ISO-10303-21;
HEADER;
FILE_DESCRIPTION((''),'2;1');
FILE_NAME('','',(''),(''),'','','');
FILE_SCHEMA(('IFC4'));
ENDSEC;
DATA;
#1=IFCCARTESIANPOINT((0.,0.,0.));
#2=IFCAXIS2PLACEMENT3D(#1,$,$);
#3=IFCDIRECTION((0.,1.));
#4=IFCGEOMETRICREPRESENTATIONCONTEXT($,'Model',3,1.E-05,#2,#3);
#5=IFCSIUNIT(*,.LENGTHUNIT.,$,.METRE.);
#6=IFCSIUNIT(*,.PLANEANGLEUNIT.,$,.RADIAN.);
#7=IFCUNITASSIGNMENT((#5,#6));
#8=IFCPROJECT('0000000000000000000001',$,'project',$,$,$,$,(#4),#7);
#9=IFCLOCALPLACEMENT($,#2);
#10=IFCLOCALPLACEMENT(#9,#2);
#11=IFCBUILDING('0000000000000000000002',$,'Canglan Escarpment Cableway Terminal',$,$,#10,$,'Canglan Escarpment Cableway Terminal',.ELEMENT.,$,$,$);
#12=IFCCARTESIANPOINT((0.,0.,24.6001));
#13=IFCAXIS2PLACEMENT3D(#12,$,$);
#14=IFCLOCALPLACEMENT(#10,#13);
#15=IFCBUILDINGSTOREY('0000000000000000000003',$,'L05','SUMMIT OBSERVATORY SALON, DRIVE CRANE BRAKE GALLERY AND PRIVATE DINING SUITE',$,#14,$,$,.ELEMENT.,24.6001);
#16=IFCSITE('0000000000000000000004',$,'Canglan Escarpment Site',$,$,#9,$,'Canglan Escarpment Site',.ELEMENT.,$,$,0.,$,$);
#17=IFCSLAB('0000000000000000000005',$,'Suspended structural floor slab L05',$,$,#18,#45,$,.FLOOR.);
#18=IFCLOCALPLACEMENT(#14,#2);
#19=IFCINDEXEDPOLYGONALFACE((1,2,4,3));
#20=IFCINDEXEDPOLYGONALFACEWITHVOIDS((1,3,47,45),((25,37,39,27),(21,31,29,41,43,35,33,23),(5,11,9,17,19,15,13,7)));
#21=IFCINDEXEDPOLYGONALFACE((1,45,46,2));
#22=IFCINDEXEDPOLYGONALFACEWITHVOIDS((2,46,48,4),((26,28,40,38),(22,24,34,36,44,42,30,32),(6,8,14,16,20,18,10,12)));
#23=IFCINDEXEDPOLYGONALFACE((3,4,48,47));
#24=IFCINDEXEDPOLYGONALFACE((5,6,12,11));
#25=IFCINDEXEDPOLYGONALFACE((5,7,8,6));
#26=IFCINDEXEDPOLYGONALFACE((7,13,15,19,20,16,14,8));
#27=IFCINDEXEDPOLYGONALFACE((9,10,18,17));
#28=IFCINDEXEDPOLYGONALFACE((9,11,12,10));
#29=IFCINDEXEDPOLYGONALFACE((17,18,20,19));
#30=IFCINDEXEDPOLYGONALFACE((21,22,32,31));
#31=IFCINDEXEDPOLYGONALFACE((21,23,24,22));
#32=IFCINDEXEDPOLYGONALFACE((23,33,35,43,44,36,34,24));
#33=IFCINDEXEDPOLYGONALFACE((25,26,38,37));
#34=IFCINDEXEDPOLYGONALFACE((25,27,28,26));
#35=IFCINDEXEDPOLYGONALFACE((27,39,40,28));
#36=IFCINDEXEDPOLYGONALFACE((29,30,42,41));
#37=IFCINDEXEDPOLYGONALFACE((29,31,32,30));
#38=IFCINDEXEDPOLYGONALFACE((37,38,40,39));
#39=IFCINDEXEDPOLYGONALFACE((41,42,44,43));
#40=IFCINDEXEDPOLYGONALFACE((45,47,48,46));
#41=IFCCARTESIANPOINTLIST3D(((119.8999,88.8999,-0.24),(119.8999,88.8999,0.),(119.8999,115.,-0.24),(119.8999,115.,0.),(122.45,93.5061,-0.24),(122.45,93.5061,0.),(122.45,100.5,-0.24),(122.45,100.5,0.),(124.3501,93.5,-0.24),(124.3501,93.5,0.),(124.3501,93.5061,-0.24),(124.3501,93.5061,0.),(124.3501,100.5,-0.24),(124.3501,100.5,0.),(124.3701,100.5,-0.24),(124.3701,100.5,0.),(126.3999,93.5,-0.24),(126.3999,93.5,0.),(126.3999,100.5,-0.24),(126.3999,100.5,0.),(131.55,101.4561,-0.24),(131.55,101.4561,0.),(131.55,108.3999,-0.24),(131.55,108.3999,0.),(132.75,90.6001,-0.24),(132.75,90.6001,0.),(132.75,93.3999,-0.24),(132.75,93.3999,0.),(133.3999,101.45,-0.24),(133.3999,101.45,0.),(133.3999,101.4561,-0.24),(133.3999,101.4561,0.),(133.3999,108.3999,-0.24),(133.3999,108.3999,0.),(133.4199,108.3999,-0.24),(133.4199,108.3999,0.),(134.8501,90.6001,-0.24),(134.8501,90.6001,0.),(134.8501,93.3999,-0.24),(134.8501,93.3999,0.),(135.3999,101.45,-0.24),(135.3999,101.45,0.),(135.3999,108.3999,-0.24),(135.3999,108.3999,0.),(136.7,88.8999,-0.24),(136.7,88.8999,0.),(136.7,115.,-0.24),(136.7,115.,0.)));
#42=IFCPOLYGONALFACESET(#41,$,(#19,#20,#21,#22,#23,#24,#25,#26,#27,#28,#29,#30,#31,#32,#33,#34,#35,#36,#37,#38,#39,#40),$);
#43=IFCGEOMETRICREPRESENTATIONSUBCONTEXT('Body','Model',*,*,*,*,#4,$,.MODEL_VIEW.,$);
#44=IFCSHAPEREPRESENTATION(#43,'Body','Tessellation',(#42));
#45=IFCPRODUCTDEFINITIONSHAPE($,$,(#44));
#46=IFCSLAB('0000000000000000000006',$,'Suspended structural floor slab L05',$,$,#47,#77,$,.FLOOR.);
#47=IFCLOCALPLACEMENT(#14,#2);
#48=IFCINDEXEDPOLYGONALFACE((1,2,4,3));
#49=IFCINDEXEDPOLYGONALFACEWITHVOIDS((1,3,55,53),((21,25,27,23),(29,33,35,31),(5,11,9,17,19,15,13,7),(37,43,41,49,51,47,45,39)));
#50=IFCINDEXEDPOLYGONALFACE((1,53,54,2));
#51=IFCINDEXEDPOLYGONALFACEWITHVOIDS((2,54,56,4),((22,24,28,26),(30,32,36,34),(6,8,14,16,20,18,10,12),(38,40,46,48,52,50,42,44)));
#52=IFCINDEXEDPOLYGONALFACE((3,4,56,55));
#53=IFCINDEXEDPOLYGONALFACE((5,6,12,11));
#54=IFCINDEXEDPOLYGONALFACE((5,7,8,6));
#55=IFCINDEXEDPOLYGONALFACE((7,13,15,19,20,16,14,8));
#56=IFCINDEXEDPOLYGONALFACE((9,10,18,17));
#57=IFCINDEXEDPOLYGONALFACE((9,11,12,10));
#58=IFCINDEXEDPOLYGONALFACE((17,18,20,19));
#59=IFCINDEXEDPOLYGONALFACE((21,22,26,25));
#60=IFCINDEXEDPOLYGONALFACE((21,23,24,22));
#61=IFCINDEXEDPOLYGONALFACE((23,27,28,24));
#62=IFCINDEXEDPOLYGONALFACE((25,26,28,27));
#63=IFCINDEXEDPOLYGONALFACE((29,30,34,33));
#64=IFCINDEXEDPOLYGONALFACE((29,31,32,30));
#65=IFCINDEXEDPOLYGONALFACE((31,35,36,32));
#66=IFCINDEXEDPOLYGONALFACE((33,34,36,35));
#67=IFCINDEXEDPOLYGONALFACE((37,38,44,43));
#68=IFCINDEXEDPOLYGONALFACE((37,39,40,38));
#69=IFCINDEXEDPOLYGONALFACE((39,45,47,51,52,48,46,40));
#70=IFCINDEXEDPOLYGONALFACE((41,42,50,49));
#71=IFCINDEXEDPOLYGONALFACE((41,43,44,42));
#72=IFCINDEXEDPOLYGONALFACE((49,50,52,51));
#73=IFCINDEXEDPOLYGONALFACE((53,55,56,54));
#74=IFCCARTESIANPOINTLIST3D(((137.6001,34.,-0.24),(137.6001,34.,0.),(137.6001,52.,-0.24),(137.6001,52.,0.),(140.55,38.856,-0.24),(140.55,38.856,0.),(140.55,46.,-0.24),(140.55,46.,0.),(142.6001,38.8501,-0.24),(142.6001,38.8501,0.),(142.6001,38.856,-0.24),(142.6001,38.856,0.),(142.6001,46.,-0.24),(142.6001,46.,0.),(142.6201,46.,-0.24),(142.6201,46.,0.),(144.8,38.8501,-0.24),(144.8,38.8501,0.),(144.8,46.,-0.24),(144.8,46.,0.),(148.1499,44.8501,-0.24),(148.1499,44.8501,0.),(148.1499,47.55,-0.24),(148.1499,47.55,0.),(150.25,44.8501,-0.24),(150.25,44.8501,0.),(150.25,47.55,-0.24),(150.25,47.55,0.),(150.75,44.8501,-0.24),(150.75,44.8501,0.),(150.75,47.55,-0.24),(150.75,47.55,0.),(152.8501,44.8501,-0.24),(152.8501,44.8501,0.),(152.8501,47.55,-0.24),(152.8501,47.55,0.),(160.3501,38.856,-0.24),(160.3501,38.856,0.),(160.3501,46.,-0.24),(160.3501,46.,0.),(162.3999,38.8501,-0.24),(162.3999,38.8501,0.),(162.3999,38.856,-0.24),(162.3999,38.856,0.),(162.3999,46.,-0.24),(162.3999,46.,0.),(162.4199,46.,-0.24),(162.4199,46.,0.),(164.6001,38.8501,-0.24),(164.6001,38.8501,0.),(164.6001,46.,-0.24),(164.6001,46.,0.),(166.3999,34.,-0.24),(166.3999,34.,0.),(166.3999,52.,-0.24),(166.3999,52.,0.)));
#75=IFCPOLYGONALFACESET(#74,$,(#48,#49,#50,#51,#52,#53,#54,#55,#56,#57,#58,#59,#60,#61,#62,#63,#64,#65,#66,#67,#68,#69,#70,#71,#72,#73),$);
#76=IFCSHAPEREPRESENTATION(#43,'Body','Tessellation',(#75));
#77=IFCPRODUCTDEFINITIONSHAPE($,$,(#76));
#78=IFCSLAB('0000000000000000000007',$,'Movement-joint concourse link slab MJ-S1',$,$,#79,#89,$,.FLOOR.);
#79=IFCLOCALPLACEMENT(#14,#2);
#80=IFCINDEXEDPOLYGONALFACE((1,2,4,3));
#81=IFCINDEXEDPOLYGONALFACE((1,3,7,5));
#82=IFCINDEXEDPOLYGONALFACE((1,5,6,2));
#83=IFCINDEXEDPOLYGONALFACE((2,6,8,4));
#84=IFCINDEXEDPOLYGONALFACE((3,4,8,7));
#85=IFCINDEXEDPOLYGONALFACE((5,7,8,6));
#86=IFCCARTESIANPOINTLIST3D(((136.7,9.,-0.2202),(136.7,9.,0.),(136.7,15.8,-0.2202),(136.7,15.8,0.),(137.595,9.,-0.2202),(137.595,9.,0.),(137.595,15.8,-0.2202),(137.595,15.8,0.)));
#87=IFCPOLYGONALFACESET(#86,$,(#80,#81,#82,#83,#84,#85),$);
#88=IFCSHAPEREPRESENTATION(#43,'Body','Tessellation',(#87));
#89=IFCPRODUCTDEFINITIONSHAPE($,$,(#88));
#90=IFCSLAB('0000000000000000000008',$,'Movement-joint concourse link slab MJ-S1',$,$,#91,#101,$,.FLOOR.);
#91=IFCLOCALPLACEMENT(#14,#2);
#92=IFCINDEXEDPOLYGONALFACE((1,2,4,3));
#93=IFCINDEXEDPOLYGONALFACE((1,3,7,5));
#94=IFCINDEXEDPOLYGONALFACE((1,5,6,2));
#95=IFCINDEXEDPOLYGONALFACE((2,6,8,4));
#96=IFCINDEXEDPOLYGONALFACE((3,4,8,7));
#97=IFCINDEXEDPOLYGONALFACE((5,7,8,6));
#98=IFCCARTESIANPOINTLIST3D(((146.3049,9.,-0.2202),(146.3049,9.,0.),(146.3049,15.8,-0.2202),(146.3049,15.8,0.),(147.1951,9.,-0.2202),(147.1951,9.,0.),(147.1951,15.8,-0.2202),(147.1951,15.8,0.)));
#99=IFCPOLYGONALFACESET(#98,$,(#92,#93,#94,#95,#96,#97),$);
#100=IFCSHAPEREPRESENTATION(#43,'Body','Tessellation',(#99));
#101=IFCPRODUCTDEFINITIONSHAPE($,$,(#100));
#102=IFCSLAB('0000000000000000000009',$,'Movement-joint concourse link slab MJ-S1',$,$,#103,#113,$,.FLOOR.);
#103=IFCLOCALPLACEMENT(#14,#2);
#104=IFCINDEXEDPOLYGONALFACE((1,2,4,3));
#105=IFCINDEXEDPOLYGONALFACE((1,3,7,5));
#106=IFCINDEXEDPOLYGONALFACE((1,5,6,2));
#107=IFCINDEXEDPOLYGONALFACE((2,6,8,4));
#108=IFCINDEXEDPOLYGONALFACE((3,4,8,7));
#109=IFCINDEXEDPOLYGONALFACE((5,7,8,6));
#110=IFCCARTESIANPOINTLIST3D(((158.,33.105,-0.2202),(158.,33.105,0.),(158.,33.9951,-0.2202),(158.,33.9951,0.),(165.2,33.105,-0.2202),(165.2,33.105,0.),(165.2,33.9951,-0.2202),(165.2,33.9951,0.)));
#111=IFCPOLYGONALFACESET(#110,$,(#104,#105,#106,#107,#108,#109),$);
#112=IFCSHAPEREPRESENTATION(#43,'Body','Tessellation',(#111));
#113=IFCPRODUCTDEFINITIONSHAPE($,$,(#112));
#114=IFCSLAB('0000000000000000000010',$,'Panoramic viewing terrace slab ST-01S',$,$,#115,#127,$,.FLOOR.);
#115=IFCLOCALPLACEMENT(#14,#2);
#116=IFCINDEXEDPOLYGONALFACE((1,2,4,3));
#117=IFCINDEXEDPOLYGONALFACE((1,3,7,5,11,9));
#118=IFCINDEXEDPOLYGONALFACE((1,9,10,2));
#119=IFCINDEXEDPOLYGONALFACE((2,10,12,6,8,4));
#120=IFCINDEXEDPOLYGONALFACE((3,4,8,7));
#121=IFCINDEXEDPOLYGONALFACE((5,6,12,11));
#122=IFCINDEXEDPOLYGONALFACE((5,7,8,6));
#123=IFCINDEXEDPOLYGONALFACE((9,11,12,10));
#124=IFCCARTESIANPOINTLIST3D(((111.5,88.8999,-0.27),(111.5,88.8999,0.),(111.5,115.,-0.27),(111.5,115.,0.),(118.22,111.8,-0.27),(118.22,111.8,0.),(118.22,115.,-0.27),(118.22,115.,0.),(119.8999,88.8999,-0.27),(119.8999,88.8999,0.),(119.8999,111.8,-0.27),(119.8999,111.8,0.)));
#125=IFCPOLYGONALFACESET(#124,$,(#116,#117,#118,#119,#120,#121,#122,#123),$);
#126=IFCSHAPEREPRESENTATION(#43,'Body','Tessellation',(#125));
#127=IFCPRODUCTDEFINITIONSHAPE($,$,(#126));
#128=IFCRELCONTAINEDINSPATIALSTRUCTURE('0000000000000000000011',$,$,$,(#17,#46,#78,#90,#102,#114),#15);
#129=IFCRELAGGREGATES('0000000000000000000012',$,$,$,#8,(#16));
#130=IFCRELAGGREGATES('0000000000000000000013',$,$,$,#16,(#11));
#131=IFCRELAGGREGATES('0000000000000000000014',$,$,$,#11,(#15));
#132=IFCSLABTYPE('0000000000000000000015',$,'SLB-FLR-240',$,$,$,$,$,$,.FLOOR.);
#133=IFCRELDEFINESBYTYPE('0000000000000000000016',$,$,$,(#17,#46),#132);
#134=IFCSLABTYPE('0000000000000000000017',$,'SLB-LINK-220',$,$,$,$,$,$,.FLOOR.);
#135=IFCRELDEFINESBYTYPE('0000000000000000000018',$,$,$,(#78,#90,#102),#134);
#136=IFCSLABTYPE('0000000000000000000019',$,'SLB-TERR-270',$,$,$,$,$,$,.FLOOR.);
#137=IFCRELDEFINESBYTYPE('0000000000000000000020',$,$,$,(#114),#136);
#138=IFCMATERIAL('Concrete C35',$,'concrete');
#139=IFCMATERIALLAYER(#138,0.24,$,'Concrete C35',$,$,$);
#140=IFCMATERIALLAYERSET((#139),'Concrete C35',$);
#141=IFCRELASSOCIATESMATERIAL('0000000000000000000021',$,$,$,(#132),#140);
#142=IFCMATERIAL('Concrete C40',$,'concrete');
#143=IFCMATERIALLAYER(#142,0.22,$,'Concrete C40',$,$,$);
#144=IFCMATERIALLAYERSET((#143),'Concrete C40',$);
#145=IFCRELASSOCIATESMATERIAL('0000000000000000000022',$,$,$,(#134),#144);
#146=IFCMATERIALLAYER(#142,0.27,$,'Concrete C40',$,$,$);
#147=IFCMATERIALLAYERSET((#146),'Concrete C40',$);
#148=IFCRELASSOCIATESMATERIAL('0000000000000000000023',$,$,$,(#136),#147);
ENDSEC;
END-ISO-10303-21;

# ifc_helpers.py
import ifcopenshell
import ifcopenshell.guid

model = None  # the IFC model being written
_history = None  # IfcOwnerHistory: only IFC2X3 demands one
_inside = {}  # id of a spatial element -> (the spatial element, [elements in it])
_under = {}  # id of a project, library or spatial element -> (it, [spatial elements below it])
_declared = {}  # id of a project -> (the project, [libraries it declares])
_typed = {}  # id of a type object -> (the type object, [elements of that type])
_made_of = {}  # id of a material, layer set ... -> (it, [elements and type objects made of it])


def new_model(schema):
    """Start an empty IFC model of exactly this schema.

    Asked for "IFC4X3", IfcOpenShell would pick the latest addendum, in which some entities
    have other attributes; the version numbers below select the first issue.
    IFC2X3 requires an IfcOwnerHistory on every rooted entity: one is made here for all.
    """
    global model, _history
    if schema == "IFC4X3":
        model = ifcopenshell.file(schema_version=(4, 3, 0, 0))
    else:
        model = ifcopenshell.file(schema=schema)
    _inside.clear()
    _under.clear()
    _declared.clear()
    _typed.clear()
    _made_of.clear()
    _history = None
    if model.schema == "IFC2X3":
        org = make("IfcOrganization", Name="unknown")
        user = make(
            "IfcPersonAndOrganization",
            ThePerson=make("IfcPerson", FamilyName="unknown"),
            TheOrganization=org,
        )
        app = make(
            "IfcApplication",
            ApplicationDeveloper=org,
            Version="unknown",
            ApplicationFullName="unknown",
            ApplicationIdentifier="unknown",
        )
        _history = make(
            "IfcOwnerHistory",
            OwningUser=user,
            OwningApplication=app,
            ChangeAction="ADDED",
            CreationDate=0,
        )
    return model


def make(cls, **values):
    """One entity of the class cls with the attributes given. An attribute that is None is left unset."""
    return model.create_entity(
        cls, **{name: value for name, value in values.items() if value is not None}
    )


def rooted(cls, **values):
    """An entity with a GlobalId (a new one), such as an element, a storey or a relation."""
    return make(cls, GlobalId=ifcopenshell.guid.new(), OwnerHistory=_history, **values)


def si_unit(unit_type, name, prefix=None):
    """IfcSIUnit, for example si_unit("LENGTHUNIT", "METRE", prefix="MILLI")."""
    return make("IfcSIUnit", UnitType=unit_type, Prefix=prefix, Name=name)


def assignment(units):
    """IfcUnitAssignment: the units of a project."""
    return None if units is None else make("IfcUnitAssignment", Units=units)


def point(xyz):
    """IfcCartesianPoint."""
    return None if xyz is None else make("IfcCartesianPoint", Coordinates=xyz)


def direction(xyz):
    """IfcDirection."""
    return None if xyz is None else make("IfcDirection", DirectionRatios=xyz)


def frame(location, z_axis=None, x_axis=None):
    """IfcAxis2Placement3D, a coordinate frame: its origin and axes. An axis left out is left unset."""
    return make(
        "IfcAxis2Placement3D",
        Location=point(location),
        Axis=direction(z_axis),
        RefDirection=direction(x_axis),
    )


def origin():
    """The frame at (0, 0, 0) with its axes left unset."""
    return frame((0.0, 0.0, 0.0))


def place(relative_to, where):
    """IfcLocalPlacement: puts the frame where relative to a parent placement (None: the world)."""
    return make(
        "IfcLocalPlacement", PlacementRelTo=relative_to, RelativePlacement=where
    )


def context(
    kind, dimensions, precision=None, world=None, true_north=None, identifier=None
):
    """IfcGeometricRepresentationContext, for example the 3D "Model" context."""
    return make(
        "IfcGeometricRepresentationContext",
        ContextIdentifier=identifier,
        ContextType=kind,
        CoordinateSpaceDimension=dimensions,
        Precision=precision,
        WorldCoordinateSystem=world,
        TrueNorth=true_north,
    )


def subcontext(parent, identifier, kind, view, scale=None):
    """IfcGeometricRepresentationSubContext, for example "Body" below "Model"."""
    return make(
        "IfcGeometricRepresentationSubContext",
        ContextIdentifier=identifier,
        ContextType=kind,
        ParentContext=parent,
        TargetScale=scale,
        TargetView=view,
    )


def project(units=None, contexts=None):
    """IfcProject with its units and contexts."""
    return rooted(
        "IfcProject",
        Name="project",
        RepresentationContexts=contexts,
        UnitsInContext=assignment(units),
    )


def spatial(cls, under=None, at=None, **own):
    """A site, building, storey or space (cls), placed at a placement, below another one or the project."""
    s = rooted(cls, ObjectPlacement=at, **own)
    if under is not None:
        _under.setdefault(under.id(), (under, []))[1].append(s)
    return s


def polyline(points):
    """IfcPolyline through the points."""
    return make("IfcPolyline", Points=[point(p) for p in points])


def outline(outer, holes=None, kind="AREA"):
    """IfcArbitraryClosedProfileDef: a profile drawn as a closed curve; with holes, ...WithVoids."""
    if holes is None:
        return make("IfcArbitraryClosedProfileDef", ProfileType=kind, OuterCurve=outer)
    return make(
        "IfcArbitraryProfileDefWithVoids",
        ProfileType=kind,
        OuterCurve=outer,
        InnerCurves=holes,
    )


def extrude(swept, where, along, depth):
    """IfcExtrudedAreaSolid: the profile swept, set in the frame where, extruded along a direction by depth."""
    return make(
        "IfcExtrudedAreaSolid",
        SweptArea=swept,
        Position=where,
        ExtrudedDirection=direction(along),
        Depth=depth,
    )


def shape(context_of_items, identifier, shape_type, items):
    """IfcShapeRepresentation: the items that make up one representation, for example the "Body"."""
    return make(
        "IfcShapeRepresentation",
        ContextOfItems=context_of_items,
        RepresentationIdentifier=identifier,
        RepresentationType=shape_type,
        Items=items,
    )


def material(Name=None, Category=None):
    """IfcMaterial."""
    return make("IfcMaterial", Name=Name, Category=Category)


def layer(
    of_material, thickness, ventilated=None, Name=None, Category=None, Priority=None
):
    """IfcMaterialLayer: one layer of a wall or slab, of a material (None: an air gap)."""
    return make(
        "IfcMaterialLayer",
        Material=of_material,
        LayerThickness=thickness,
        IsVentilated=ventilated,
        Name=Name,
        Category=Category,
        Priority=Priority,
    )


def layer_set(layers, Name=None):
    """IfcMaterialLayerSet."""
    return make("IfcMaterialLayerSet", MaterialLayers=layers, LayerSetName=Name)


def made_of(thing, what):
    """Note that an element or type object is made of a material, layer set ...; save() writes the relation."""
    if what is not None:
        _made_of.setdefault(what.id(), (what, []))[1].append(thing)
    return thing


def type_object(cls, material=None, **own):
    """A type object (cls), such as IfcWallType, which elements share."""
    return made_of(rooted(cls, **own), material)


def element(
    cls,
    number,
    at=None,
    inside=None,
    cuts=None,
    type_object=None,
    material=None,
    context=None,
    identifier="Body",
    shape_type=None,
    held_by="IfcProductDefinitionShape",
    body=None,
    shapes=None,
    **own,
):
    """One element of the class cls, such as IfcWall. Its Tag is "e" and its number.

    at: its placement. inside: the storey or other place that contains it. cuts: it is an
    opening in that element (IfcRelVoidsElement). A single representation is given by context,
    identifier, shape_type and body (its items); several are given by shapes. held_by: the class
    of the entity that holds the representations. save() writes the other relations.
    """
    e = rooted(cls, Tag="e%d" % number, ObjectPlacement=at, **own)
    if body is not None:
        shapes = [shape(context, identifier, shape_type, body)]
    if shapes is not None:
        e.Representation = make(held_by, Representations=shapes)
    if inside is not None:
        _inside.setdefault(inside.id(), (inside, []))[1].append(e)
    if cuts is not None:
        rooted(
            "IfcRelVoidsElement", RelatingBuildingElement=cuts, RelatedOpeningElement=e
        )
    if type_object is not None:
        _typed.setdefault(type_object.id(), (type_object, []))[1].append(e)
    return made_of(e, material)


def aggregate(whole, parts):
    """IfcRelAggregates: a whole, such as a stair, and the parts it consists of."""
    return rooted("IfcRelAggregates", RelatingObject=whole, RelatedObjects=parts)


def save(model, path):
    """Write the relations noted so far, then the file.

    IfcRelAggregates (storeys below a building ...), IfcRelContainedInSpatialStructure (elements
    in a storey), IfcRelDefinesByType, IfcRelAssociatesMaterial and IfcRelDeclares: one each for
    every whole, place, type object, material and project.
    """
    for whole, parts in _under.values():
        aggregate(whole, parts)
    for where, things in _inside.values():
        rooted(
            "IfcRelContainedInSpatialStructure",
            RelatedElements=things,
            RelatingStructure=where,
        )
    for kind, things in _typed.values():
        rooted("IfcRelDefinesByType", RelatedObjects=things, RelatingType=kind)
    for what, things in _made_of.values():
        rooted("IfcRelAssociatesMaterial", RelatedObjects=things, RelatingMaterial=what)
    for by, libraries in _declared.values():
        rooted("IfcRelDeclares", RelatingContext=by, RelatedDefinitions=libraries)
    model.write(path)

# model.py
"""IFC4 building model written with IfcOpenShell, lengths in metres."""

from ifc_helpers import new_model, si_unit, direction, frame, origin, place, context, subcontext, project, spatial, polyline, outline, extrude, material, layer, layer_set, type_object, element, save


model = new_model("IFC4")

# Units and contexts
model_context = context("Model", 3, precision=1e-05, world=origin(), true_north=direction((0.0, 1.0)))
body_context = subcontext(model_context, "Body", "Model", "MODEL_VIEW")
ifc_project = project(units=[si_unit("LENGTHUNIT", "METRE"), si_unit("PLANEANGLEUNIT", "RADIAN")], contexts=[model_context])

# Site, building, storey
site_placement = place(None, origin())
site = spatial("IfcSite", under=ifc_project, at=site_placement, Name="Canglan Escarpment Site", LongName="Canglan Escarpment Site", CompositionType="ELEMENT", RefElevation=0.0)
building_placement = place(site_placement, origin())
building = spatial("IfcBuilding", under=site, at=building_placement, Name="Canglan Escarpment Cableway Terminal", LongName="Canglan Escarpment Cableway Terminal", CompositionType="ELEMENT")
storey_placement = place(building_placement, frame((0.0, 0.0, 24.6001)))
storey = spatial("IfcBuildingStorey", under=building, at=storey_placement, Name="L05", Description="SUMMIT OBSERVATORY SALON, DRIVE CRANE BRAKE GALLERY AND PRIVATE DINING SUITE", CompositionType="ELEMENT", Elevation=24.6001)

# Slabs
ifc_material_1 = material(Name="Concrete C35", Category="concrete")
ifc_layer_1 = layer(ifc_material_1, 0.24, Name="Concrete C35")
ifc_layer_set_1 = layer_set([ifc_layer_1], Name="Concrete C35")
slab_type_1 = type_object("IfcSlabType", Name="SLB-FLR-240", PredefinedType="FLOOR", material=ifc_layer_set_1)
slab_1_placement = place(storey_placement, frame((0.0, 0.0, -0.24)))
element("IfcSlab", 1, at=slab_1_placement, inside=storey, type_object=slab_type_1, Name="Suspended structural floor slab L05", PredefinedType="FLOOR", context=body_context, shape_type="SweptSolid", body=[
    extrude(outline(polyline([(119.8999, 88.8999), (136.7, 88.8999), (136.7, 115.0), (119.8999, 115.0), (119.8999, 88.8999)]), holes=[polyline([(132.75, 90.6001), (132.75, 93.3999), (134.8501, 93.3999), (134.8501, 90.6001), (132.75, 90.6001)]), polyline([(124.3501, 93.5), (124.3501, 93.5061), (122.45, 93.5061), (122.45, 100.5), (124.3501, 100.5), (124.3701, 100.5), (126.3999, 100.5), (126.3999, 93.5), (124.3501, 93.5)]), polyline([(133.3999, 101.45), (133.3999, 101.4561), (131.55, 101.4561), (131.55, 108.3999), (133.3999, 108.3999), (133.4199, 108.3999), (135.3999, 108.3999), (135.3999, 101.45), (133.3999, 101.45)])]), origin(), (0.0, 0.0, 1.0), 0.24),
])
slab_2_placement = place(storey_placement, frame((0.0, 0.0, -0.24)))
element("IfcSlab", 2, at=slab_2_placement, inside=storey, type_object=slab_type_1, Name="Suspended structural floor slab L05", PredefinedType="FLOOR", context=body_context, shape_type="SweptSolid", body=[
    extrude(outline(polyline([(137.6001, 34.0), (166.3999, 34.0), (166.3999, 52.0), (137.6001, 52.0), (137.6001, 34.0)]), holes=[polyline([(142.6001, 38.8501), (142.6001, 38.856), (140.55, 38.856), (140.55, 46.0), (142.6001, 46.0), (142.6201, 46.0), (144.8, 46.0), (144.8, 38.8501), (142.6001, 38.8501)]), polyline([(162.3999, 38.8501), (162.3999, 38.856), (160.3501, 38.856), (160.3501, 46.0), (162.3999, 46.0), (162.4199, 46.0), (164.6001, 46.0), (164.6001, 38.8501), (162.3999, 38.8501)]), polyline([(148.1499, 47.55), (150.25, 47.55), (150.25, 44.8501), (148.1499, 44.8501), (148.1499, 47.55)]), polyline([(150.75, 47.55), (152.8501, 47.55), (152.8501, 44.8501), (150.75, 44.8501), (150.75, 47.55)])]), origin(), (0.0, 0.0, 1.0), 0.24),
])
ifc_material_2 = material(Name="Concrete C40", Category="concrete")
ifc_layer_2 = layer(ifc_material_2, 0.22, Name="Concrete C40")
ifc_layer_set_2 = layer_set([ifc_layer_2], Name="Concrete C40")
slab_type_2 = type_object("IfcSlabType", Name="SLB-LINK-220", PredefinedType="FLOOR", material=ifc_layer_set_2)
slab_3_placement = place(storey_placement, frame((0.0, 0.0, -0.2202)))
element("IfcSlab", 3, at=slab_3_placement, inside=storey, type_object=slab_type_2, Name="Movement-joint concourse link slab MJ-S1", PredefinedType="FLOOR", context=body_context, shape_type="SweptSolid", body=[
    extrude(outline(polyline([(136.7, 9.0), (136.7, 15.8), (137.595, 15.8), (137.595, 9.0), (136.7, 9.0)])), origin(), (0.0, 0.0, 1.0), 0.2202),
])
slab_4_placement = place(storey_placement, frame((0.0, 0.0, -0.2202)))
element("IfcSlab", 4, at=slab_4_placement, inside=storey, type_object=slab_type_2, Name="Movement-joint concourse link slab MJ-S1", PredefinedType="FLOOR", context=body_context, shape_type="SweptSolid", body=[
    extrude(outline(polyline([(147.1951, 15.8), (147.1951, 9.0), (146.3049, 9.0), (146.3049, 15.8), (147.1951, 15.8)])), origin(), (0.0, 0.0, 1.0), 0.2202),
])
slab_5_placement = place(storey_placement, frame((0.0, 0.0, -0.2202)))
element("IfcSlab", 5, at=slab_5_placement, inside=storey, type_object=slab_type_2, Name="Movement-joint concourse link slab MJ-S1", PredefinedType="FLOOR", context=body_context, shape_type="SweptSolid", body=[
    extrude(outline(polyline([(165.2, 33.105), (158.0, 33.105), (158.0, 33.9951), (165.2, 33.9951), (165.2, 33.105)])), origin(), (0.0, 0.0, 1.0), 0.2202),
])
ifc_layer_3 = layer(ifc_material_2, 0.27, Name="Concrete C40")
ifc_layer_set_3 = layer_set([ifc_layer_3], Name="Concrete C40")
slab_type_3 = type_object("IfcSlabType", Name="SLB-TERR-270", PredefinedType="FLOOR", material=ifc_layer_set_3)
slab_6_placement = place(storey_placement, frame((0.0, 0.0, -0.27)))
element("IfcSlab", 6, at=slab_6_placement, inside=storey, type_object=slab_type_3, Name="Panoramic viewing terrace slab ST-01S", PredefinedType="FLOOR", context=body_context, shape_type="SweptSolid", body=[
    extrude(outline(polyline([(111.5, 88.8999), (119.8999, 88.8999), (119.8999, 111.8), (118.22, 111.8), (118.22, 115.0), (111.5, 115.0), (111.5, 88.8999)])), origin(), (0.0, 0.0, 1.0), 0.27),
])

save(model, "model.ifc")
